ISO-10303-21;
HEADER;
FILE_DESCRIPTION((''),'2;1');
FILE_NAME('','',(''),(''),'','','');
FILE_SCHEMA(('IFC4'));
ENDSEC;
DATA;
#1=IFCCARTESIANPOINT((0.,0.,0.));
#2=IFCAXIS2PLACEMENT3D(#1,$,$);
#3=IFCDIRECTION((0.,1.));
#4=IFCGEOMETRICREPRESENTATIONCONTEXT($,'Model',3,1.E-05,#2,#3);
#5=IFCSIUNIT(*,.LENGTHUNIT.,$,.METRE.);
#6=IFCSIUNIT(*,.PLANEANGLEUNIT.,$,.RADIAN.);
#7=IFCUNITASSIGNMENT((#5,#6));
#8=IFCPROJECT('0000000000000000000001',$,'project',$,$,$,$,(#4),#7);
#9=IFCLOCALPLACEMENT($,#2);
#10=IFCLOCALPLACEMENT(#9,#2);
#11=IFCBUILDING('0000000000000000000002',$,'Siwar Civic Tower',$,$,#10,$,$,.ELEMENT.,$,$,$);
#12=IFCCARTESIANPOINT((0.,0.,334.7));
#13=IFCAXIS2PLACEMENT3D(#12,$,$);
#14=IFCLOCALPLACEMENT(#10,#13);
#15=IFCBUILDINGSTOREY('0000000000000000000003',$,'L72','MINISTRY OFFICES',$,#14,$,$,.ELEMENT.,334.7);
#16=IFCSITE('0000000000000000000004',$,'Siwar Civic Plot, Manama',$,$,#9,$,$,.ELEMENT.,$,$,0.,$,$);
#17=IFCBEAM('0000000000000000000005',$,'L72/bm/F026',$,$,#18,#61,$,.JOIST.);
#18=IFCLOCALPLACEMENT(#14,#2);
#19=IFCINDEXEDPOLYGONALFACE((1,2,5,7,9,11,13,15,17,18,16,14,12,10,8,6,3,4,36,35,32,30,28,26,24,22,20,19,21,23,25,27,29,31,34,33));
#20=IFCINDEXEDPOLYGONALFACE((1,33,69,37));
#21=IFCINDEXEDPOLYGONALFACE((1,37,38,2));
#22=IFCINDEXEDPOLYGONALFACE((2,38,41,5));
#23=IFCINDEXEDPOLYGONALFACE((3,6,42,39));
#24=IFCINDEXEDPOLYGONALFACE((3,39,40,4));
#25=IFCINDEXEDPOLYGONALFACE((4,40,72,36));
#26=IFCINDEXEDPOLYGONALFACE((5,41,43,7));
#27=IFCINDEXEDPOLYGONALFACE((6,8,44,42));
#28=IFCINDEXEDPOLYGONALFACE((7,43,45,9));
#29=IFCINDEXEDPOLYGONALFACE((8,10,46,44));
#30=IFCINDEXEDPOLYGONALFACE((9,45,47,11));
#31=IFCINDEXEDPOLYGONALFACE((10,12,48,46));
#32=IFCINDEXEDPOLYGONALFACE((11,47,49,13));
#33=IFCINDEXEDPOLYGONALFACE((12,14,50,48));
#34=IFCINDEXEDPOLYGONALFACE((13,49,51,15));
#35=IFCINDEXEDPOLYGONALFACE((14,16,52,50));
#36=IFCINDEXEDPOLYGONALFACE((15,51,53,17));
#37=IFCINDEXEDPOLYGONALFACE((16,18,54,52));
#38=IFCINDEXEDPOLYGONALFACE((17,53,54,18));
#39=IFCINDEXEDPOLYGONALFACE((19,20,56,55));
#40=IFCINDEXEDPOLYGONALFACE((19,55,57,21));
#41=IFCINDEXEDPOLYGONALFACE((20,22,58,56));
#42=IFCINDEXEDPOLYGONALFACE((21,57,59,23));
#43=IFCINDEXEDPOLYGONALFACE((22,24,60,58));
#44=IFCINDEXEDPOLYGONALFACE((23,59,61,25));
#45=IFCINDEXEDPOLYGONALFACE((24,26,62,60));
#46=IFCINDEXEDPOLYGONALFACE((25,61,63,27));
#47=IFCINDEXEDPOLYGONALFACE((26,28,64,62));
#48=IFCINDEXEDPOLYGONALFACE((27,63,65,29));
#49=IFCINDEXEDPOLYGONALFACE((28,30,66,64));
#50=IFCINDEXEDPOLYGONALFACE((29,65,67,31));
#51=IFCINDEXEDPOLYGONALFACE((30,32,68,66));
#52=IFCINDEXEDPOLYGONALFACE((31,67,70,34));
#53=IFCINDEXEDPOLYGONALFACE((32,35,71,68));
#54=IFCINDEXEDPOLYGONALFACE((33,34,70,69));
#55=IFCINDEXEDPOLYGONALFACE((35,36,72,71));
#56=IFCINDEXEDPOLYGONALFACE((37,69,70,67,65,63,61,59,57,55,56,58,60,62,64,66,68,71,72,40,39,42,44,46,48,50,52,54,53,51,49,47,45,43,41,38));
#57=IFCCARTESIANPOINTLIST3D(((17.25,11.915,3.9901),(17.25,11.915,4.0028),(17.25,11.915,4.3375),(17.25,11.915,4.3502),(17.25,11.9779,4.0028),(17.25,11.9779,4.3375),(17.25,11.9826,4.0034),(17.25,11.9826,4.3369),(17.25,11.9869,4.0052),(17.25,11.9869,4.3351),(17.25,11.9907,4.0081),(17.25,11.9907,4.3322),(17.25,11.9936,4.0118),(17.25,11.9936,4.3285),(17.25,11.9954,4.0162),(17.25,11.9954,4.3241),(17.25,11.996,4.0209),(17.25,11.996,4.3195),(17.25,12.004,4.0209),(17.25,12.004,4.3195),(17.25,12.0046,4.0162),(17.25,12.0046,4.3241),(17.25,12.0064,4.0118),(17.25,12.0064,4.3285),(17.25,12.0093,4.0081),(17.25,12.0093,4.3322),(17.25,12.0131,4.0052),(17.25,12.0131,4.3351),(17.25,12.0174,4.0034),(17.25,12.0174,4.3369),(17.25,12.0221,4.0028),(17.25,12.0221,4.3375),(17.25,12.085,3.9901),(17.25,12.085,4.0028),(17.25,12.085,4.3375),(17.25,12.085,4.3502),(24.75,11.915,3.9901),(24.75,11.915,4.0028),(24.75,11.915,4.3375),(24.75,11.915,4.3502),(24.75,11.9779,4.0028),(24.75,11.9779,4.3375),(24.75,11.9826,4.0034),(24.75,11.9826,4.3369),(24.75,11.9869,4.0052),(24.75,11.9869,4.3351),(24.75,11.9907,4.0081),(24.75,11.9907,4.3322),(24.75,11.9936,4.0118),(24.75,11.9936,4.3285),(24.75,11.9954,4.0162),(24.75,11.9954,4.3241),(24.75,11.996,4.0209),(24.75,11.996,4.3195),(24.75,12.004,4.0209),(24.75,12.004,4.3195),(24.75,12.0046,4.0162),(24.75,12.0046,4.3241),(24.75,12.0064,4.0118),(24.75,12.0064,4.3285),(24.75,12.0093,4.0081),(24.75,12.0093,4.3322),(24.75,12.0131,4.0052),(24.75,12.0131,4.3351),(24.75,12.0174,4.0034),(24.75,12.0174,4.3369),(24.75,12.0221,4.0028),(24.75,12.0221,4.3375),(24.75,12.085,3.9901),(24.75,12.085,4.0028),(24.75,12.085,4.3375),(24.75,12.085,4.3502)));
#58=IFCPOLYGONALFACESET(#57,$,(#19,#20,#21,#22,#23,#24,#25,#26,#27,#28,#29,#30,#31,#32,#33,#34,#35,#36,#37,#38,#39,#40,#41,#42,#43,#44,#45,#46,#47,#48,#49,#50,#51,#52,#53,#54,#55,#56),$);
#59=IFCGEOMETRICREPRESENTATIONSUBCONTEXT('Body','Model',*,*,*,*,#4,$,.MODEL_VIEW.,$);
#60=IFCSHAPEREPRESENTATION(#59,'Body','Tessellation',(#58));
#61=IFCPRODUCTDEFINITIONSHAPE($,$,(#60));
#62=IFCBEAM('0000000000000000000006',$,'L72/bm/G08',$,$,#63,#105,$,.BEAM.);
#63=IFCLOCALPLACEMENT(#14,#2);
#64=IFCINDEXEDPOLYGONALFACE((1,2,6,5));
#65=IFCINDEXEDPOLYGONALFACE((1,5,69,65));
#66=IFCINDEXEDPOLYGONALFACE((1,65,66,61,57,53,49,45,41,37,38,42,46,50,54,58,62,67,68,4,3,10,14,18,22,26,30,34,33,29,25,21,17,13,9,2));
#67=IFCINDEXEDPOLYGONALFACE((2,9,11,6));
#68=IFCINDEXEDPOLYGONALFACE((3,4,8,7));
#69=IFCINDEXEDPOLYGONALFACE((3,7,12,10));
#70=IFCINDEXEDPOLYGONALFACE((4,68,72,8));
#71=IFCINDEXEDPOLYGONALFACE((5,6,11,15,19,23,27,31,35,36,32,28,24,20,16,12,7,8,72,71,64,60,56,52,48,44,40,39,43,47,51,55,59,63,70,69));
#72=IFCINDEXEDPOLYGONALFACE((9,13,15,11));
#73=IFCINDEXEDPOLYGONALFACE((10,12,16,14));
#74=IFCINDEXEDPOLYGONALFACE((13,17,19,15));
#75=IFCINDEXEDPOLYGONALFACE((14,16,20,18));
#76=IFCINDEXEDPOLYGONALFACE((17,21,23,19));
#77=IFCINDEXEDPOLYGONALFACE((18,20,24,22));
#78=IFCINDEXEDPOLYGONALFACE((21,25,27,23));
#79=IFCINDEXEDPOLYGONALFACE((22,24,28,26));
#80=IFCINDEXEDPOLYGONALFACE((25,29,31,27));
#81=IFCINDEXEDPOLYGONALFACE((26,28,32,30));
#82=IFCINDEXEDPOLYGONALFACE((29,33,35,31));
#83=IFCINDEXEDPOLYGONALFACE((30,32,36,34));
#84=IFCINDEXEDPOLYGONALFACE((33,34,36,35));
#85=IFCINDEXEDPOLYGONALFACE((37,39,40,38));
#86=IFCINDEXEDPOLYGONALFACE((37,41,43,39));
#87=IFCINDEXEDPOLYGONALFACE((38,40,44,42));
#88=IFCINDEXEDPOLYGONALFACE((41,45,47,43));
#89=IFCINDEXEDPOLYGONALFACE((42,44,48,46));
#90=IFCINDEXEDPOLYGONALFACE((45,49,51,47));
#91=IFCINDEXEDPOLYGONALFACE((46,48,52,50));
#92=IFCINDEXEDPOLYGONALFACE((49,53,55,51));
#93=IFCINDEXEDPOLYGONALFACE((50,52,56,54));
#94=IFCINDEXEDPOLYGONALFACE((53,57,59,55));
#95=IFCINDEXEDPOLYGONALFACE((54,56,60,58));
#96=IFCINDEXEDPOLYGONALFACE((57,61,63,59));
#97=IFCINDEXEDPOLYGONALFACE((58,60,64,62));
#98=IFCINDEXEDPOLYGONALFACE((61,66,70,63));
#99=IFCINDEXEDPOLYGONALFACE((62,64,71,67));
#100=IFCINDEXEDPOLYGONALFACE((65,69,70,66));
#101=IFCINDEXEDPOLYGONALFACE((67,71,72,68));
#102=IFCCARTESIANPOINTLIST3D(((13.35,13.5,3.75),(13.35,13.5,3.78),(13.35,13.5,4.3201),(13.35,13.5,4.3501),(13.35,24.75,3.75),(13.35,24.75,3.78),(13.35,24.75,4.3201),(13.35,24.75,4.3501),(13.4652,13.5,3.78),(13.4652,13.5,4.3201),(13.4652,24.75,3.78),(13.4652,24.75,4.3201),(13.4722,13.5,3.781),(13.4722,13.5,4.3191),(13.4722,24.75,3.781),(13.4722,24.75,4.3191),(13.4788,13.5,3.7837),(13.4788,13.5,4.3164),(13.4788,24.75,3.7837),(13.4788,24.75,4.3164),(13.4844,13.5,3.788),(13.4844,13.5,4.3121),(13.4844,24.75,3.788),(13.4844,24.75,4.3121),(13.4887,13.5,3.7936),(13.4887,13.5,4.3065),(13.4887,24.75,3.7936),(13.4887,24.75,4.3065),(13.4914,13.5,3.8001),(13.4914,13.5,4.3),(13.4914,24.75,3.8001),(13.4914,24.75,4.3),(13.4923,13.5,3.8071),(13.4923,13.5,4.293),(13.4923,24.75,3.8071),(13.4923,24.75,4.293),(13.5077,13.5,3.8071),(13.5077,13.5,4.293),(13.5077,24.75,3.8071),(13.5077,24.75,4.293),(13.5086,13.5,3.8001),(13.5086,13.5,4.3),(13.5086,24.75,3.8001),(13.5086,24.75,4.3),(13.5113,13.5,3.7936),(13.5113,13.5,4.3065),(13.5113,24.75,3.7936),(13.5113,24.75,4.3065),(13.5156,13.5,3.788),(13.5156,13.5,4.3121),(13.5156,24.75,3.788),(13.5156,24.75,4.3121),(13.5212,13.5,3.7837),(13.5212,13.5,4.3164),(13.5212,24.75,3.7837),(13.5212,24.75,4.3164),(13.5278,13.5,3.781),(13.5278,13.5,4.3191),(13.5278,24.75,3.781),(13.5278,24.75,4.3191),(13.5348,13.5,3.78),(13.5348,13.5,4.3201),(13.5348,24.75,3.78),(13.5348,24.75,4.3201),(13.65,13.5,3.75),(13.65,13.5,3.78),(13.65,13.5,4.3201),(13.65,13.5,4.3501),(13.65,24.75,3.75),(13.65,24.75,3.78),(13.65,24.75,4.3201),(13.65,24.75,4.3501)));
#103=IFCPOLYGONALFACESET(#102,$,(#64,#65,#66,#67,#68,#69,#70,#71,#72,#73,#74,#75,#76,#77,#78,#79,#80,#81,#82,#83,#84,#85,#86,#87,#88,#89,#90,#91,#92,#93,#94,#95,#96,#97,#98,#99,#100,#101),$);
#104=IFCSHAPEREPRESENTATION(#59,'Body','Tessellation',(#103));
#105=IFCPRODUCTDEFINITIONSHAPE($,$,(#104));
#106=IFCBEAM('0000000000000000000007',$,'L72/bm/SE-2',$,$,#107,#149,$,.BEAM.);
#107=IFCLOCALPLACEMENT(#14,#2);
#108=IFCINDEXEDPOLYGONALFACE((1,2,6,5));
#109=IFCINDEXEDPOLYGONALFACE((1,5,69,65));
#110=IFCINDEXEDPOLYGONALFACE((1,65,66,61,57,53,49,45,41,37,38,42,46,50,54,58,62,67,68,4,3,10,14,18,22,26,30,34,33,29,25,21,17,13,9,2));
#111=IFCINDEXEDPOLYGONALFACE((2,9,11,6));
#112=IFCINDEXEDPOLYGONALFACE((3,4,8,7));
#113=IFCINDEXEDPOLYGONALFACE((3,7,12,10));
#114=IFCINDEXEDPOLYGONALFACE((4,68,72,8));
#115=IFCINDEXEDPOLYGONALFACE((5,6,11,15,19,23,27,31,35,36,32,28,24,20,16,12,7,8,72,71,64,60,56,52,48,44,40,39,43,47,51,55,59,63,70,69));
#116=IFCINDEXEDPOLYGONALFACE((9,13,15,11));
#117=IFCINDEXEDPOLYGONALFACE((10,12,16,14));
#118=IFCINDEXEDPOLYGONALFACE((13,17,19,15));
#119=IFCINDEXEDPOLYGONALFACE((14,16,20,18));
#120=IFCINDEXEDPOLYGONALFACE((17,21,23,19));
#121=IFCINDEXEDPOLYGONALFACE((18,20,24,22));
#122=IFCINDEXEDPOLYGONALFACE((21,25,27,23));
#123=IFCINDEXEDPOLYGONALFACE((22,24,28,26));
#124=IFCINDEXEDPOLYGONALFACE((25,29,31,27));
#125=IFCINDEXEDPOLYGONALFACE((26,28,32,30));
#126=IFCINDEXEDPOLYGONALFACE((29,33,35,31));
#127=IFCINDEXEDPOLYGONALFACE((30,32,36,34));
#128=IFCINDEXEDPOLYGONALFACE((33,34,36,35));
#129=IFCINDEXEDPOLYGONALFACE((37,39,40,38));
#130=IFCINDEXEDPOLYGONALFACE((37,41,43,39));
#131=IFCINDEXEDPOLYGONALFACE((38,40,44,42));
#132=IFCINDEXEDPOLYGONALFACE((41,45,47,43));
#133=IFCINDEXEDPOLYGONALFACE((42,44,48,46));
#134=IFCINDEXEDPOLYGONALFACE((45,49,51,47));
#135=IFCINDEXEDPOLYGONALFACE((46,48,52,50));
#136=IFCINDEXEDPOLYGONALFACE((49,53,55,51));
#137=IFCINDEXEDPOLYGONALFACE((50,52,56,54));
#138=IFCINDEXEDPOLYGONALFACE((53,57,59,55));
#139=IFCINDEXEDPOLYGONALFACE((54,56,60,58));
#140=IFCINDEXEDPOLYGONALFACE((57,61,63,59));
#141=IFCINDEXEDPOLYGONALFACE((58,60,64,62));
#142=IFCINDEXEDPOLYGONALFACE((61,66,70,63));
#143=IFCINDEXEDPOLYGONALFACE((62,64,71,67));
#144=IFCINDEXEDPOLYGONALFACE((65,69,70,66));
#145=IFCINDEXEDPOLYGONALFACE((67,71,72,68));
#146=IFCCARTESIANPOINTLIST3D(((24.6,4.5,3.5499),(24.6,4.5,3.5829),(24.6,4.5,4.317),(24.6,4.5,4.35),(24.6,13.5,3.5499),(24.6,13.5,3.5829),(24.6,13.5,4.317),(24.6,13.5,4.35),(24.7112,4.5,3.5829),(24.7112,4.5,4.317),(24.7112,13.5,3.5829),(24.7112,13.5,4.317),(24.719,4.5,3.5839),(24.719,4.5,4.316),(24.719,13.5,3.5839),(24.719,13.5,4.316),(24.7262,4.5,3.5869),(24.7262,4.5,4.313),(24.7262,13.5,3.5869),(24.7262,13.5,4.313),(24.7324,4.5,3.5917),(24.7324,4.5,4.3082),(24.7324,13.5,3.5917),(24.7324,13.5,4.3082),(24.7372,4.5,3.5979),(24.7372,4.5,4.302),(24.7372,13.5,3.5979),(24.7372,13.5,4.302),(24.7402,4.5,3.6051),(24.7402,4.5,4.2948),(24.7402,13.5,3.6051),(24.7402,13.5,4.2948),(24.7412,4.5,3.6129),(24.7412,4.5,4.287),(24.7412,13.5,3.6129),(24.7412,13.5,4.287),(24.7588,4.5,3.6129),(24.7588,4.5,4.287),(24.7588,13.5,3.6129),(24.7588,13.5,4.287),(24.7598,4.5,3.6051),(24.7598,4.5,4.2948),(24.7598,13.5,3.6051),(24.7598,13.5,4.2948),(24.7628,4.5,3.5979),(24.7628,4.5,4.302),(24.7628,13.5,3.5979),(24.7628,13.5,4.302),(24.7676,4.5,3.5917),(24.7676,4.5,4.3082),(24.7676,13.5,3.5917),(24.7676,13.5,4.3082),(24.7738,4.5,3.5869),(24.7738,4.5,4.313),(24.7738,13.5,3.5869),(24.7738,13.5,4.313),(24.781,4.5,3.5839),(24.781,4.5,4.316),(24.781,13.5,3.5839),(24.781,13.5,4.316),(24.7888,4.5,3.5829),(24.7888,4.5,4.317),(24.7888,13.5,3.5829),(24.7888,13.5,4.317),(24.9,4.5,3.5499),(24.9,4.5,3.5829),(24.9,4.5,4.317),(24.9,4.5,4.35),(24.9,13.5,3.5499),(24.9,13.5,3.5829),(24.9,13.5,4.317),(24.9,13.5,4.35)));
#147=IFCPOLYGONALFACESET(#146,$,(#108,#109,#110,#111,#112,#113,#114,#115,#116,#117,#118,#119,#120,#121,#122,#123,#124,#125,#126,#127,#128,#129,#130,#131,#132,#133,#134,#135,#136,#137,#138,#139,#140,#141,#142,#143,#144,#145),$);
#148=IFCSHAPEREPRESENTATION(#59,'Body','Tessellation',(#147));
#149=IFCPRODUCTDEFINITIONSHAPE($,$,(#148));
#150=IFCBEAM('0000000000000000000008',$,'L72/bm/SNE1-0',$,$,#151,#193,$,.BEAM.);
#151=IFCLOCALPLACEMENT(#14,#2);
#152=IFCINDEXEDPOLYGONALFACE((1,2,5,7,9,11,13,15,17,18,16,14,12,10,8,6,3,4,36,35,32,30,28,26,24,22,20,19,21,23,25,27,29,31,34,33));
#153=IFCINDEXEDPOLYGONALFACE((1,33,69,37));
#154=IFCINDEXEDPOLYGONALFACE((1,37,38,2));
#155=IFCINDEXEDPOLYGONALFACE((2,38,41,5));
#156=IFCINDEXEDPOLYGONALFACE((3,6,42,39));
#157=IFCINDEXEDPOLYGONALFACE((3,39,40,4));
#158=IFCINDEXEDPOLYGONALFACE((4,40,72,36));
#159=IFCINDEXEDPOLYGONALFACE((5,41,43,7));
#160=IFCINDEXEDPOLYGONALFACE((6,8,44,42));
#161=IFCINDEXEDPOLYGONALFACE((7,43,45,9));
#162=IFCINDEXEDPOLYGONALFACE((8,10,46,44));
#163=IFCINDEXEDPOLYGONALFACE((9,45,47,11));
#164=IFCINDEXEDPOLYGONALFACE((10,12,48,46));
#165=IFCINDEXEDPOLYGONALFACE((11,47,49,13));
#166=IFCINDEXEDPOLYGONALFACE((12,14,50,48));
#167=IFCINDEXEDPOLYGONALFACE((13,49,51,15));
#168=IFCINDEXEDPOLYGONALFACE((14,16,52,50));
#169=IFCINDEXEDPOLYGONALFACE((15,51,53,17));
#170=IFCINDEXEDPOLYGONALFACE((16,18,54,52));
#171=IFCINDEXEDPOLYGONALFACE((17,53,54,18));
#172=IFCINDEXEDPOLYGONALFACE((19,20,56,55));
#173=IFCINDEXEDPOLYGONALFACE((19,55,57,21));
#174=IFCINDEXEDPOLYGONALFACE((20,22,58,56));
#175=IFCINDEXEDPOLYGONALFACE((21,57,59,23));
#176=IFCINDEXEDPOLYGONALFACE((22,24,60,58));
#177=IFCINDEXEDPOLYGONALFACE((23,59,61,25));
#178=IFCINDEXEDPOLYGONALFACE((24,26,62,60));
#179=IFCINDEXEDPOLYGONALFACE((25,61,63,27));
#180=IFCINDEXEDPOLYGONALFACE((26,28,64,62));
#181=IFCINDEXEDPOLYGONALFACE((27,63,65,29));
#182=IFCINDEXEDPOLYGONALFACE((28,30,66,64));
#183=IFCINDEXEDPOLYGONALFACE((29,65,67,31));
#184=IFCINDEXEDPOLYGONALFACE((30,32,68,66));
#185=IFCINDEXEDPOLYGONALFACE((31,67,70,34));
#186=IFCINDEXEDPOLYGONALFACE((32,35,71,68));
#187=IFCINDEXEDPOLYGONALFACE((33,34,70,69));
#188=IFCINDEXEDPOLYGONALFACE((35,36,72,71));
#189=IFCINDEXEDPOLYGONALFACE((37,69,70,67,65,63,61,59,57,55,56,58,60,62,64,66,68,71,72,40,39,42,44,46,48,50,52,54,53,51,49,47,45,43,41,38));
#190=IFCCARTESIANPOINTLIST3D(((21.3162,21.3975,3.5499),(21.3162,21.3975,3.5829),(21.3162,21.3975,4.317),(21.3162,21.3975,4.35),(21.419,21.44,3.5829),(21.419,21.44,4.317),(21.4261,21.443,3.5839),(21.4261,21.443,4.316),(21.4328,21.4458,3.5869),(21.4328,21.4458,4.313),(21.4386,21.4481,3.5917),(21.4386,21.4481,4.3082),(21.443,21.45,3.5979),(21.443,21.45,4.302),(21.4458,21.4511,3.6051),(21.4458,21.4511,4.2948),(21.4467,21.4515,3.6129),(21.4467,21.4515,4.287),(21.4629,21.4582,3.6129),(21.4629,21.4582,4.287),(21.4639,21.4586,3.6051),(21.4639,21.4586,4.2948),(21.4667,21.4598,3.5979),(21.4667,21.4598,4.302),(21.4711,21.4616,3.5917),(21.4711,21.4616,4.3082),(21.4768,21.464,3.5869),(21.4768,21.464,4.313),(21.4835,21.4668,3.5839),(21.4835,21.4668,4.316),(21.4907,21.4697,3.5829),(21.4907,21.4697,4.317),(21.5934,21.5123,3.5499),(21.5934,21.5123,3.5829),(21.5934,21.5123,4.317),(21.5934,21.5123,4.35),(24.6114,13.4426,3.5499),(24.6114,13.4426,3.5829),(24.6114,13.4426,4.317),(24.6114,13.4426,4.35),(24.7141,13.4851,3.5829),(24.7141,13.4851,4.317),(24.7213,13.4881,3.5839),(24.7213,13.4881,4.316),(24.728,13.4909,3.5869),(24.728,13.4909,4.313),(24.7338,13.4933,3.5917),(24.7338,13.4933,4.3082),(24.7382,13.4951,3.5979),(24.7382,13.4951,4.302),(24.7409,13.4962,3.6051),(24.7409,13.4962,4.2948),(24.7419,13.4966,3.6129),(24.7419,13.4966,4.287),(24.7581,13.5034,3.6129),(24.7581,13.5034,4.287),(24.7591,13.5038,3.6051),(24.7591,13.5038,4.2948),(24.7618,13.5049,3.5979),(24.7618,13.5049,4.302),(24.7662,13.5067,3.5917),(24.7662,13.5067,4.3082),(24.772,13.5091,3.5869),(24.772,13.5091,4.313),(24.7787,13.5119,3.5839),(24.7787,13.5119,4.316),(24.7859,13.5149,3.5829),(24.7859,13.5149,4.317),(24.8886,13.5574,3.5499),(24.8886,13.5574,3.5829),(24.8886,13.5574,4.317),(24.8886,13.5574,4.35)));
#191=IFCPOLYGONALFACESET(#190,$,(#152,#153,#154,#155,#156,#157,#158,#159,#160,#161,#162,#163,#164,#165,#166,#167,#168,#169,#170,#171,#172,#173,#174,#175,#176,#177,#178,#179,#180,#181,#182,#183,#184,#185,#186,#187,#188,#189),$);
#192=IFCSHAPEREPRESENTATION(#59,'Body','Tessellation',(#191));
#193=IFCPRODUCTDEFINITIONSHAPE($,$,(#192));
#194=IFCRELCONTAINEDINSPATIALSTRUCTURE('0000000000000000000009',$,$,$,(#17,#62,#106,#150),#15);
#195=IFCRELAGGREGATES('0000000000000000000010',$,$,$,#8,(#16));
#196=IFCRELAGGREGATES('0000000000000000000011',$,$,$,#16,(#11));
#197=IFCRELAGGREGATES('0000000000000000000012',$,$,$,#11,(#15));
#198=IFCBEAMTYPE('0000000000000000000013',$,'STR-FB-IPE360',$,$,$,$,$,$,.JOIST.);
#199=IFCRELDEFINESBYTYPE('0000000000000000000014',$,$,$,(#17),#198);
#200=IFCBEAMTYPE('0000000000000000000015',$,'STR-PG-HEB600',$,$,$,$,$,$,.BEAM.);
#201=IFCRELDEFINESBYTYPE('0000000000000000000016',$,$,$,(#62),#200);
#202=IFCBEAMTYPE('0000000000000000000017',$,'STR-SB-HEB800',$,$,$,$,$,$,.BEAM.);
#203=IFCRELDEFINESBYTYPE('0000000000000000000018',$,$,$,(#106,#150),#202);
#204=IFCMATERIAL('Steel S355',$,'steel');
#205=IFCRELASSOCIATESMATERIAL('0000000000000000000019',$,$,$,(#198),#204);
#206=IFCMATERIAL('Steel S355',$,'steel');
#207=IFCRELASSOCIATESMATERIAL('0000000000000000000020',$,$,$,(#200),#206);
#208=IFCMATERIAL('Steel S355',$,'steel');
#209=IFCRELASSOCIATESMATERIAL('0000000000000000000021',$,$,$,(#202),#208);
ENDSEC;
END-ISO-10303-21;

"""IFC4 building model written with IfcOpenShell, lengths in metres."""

from ifc_helpers import new_model, si_unit, direction, frame, origin, origin_2d, place, context, subcontext, project, spatial, i_section, extrude, material, material_profile, profile_set, type_object, element, save


model = new_model("IFC4")

# Units and contexts
model_context = context("Model", 3, precision=1e-05, world=origin(), true_north=direction((0.0, 1.0)))
body_context = subcontext(model_context, "Body", "Model", "MODEL_VIEW")
ifc_project = project(units=[si_unit("LENGTHUNIT", "METRE"), si_unit("PLANEANGLEUNIT", "RADIAN")], contexts=[model_context])

# Site, building, storey
site_placement = place(None, origin())
site = spatial("IfcSite", under=ifc_project, at=site_placement, Name="Siwar Civic Plot, Manama", CompositionType="ELEMENT", RefElevation=0.0)
building_placement = place(site_placement, origin())
building = spatial("IfcBuilding", under=site, at=building_placement, Name="Siwar Civic Tower", CompositionType="ELEMENT")
storey_placement = place(building_placement, frame((0.0, 0.0, 334.7)))
storey = spatial("IfcBuildingStorey", under=building, at=storey_placement, Name="L72", Description="MINISTRY OFFICES", CompositionType="ELEMENT", Elevation=334.7)

# Beams
ifc_material_1 = material(Name="Steel S355", Category="steel")
ifc_material_profile_1 = material_profile(ifc_material_1, i_section(OverallWidth=0.1699, OverallDepth=0.3601, WebThickness=0.0081, FlangeThickness=0.0127, FilletRadius=0.0181, at=origin_2d()), Name="IPE360")
ifc_profile_set_1 = profile_set([ifc_material_profile_1], Name="Steel S355")
beam_type_1 = type_object("IfcBeamType", Name="STR-FB-IPE360", PredefinedType="JOIST", material=ifc_profile_set_1)
for number, where, z_axis, x_axis, name in (
    (1, (17.25, 12.0, 4.1702), (1.0, 0.0, 0.0), (0.0, 1.0, 0.0), "L72/bm/F026"),
):
    element("IfcBeam", number, at=place(storey_placement, frame(where, z_axis=z_axis, x_axis=x_axis)), inside=storey, type_object=beam_type_1, Name=name, PredefinedType="JOIST", context=body_context, shape_type="SweptSolid", body=[
        extrude(i_section(OverallWidth=0.1699, OverallDepth=0.3601, WebThickness=0.0081, FlangeThickness=0.0127, FilletRadius=0.0181, at=origin_2d()), origin(), (0.0, 0.0, 1.0), 7.5),
    ])
ifc_material_2 = material(Name="Steel S355", Category="steel")
ifc_material_profile_2 = material_profile(ifc_material_2, i_section(OverallWidth=0.3, OverallDepth=0.6001, WebThickness=0.0154, FlangeThickness=0.03, FilletRadius=0.0271, at=origin_2d()), Name="HEB600")
ifc_profile_set_2 = profile_set([ifc_material_profile_2], Name="Steel S355")
beam_type_2 = type_object("IfcBeamType", Name="STR-PG-HEB600", PredefinedType="BEAM", material=ifc_profile_set_2)
beam_1_placement = place(storey_placement, frame((13.5, 13.5, 4.05), z_axis=(0.0, 1.0, 0.0), x_axis=(-1.0, 0.0, 0.0)))
element("IfcBeam", 2, at=beam_1_placement, inside=storey, type_object=beam_type_2, Name="L72/bm/G08", PredefinedType="BEAM", context=body_context, shape_type="SweptSolid", body=[
    extrude(i_section(OverallWidth=0.3, OverallDepth=0.6001, WebThickness=0.0154, FlangeThickness=0.03, FilletRadius=0.0271, at=origin_2d()), origin(), (0.0, 0.0, 1.0), 11.25),
])
ifc_material_3 = material(Name="Steel S355", Category="steel")
ifc_material_profile_3 = material_profile(ifc_material_3, i_section(OverallWidth=0.3, OverallDepth=0.8, WebThickness=0.0176, FlangeThickness=0.033, FilletRadius=0.03, at=origin_2d()), Name="HEB800")
ifc_profile_set_3 = profile_set([ifc_material_profile_3], Name="Steel S355")
beam_type_3 = type_object("IfcBeamType", Name="STR-SB-HEB800", PredefinedType="BEAM", material=ifc_profile_set_3)
beam_2_placement = place(storey_placement, frame((24.75, 4.5, 3.95), z_axis=(0.0, 1.0, 0.0), x_axis=(-1.0, 0.0, 0.0)))
element("IfcBeam", 3, at=beam_2_placement, inside=storey, type_object=beam_type_3, Name="L72/bm/SE-2", PredefinedType="BEAM", context=body_context, shape_type="SweptSolid", body=[
    extrude(i_section(OverallWidth=0.3, OverallDepth=0.8, WebThickness=0.0176, FlangeThickness=0.033, FilletRadius=0.03, at=origin_2d()), origin(), (0.0, 0.0, 1.0), 9.0),
])
beam_3_placement = place(storey_placement, frame((24.75, 13.5, 3.95), z_axis=(-0.3827, 0.923873, 0.0), x_axis=(-0.923873, -0.3827, 0.0)))
element("IfcBeam", 4, at=beam_3_placement, inside=storey, type_object=beam_type_3, Name="L72/bm/SNE1-0", PredefinedType="BEAM", context=body_context, shape_type="SweptSolid", body=[
    extrude(i_section(OverallWidth=0.3, OverallDepth=0.8, WebThickness=0.0176, FlangeThickness=0.033, FilletRadius=0.03, at=origin_2d()), origin(), (0.0, 0.0, 1.0), 8.6104),
])

save(model, "model.ifc")
